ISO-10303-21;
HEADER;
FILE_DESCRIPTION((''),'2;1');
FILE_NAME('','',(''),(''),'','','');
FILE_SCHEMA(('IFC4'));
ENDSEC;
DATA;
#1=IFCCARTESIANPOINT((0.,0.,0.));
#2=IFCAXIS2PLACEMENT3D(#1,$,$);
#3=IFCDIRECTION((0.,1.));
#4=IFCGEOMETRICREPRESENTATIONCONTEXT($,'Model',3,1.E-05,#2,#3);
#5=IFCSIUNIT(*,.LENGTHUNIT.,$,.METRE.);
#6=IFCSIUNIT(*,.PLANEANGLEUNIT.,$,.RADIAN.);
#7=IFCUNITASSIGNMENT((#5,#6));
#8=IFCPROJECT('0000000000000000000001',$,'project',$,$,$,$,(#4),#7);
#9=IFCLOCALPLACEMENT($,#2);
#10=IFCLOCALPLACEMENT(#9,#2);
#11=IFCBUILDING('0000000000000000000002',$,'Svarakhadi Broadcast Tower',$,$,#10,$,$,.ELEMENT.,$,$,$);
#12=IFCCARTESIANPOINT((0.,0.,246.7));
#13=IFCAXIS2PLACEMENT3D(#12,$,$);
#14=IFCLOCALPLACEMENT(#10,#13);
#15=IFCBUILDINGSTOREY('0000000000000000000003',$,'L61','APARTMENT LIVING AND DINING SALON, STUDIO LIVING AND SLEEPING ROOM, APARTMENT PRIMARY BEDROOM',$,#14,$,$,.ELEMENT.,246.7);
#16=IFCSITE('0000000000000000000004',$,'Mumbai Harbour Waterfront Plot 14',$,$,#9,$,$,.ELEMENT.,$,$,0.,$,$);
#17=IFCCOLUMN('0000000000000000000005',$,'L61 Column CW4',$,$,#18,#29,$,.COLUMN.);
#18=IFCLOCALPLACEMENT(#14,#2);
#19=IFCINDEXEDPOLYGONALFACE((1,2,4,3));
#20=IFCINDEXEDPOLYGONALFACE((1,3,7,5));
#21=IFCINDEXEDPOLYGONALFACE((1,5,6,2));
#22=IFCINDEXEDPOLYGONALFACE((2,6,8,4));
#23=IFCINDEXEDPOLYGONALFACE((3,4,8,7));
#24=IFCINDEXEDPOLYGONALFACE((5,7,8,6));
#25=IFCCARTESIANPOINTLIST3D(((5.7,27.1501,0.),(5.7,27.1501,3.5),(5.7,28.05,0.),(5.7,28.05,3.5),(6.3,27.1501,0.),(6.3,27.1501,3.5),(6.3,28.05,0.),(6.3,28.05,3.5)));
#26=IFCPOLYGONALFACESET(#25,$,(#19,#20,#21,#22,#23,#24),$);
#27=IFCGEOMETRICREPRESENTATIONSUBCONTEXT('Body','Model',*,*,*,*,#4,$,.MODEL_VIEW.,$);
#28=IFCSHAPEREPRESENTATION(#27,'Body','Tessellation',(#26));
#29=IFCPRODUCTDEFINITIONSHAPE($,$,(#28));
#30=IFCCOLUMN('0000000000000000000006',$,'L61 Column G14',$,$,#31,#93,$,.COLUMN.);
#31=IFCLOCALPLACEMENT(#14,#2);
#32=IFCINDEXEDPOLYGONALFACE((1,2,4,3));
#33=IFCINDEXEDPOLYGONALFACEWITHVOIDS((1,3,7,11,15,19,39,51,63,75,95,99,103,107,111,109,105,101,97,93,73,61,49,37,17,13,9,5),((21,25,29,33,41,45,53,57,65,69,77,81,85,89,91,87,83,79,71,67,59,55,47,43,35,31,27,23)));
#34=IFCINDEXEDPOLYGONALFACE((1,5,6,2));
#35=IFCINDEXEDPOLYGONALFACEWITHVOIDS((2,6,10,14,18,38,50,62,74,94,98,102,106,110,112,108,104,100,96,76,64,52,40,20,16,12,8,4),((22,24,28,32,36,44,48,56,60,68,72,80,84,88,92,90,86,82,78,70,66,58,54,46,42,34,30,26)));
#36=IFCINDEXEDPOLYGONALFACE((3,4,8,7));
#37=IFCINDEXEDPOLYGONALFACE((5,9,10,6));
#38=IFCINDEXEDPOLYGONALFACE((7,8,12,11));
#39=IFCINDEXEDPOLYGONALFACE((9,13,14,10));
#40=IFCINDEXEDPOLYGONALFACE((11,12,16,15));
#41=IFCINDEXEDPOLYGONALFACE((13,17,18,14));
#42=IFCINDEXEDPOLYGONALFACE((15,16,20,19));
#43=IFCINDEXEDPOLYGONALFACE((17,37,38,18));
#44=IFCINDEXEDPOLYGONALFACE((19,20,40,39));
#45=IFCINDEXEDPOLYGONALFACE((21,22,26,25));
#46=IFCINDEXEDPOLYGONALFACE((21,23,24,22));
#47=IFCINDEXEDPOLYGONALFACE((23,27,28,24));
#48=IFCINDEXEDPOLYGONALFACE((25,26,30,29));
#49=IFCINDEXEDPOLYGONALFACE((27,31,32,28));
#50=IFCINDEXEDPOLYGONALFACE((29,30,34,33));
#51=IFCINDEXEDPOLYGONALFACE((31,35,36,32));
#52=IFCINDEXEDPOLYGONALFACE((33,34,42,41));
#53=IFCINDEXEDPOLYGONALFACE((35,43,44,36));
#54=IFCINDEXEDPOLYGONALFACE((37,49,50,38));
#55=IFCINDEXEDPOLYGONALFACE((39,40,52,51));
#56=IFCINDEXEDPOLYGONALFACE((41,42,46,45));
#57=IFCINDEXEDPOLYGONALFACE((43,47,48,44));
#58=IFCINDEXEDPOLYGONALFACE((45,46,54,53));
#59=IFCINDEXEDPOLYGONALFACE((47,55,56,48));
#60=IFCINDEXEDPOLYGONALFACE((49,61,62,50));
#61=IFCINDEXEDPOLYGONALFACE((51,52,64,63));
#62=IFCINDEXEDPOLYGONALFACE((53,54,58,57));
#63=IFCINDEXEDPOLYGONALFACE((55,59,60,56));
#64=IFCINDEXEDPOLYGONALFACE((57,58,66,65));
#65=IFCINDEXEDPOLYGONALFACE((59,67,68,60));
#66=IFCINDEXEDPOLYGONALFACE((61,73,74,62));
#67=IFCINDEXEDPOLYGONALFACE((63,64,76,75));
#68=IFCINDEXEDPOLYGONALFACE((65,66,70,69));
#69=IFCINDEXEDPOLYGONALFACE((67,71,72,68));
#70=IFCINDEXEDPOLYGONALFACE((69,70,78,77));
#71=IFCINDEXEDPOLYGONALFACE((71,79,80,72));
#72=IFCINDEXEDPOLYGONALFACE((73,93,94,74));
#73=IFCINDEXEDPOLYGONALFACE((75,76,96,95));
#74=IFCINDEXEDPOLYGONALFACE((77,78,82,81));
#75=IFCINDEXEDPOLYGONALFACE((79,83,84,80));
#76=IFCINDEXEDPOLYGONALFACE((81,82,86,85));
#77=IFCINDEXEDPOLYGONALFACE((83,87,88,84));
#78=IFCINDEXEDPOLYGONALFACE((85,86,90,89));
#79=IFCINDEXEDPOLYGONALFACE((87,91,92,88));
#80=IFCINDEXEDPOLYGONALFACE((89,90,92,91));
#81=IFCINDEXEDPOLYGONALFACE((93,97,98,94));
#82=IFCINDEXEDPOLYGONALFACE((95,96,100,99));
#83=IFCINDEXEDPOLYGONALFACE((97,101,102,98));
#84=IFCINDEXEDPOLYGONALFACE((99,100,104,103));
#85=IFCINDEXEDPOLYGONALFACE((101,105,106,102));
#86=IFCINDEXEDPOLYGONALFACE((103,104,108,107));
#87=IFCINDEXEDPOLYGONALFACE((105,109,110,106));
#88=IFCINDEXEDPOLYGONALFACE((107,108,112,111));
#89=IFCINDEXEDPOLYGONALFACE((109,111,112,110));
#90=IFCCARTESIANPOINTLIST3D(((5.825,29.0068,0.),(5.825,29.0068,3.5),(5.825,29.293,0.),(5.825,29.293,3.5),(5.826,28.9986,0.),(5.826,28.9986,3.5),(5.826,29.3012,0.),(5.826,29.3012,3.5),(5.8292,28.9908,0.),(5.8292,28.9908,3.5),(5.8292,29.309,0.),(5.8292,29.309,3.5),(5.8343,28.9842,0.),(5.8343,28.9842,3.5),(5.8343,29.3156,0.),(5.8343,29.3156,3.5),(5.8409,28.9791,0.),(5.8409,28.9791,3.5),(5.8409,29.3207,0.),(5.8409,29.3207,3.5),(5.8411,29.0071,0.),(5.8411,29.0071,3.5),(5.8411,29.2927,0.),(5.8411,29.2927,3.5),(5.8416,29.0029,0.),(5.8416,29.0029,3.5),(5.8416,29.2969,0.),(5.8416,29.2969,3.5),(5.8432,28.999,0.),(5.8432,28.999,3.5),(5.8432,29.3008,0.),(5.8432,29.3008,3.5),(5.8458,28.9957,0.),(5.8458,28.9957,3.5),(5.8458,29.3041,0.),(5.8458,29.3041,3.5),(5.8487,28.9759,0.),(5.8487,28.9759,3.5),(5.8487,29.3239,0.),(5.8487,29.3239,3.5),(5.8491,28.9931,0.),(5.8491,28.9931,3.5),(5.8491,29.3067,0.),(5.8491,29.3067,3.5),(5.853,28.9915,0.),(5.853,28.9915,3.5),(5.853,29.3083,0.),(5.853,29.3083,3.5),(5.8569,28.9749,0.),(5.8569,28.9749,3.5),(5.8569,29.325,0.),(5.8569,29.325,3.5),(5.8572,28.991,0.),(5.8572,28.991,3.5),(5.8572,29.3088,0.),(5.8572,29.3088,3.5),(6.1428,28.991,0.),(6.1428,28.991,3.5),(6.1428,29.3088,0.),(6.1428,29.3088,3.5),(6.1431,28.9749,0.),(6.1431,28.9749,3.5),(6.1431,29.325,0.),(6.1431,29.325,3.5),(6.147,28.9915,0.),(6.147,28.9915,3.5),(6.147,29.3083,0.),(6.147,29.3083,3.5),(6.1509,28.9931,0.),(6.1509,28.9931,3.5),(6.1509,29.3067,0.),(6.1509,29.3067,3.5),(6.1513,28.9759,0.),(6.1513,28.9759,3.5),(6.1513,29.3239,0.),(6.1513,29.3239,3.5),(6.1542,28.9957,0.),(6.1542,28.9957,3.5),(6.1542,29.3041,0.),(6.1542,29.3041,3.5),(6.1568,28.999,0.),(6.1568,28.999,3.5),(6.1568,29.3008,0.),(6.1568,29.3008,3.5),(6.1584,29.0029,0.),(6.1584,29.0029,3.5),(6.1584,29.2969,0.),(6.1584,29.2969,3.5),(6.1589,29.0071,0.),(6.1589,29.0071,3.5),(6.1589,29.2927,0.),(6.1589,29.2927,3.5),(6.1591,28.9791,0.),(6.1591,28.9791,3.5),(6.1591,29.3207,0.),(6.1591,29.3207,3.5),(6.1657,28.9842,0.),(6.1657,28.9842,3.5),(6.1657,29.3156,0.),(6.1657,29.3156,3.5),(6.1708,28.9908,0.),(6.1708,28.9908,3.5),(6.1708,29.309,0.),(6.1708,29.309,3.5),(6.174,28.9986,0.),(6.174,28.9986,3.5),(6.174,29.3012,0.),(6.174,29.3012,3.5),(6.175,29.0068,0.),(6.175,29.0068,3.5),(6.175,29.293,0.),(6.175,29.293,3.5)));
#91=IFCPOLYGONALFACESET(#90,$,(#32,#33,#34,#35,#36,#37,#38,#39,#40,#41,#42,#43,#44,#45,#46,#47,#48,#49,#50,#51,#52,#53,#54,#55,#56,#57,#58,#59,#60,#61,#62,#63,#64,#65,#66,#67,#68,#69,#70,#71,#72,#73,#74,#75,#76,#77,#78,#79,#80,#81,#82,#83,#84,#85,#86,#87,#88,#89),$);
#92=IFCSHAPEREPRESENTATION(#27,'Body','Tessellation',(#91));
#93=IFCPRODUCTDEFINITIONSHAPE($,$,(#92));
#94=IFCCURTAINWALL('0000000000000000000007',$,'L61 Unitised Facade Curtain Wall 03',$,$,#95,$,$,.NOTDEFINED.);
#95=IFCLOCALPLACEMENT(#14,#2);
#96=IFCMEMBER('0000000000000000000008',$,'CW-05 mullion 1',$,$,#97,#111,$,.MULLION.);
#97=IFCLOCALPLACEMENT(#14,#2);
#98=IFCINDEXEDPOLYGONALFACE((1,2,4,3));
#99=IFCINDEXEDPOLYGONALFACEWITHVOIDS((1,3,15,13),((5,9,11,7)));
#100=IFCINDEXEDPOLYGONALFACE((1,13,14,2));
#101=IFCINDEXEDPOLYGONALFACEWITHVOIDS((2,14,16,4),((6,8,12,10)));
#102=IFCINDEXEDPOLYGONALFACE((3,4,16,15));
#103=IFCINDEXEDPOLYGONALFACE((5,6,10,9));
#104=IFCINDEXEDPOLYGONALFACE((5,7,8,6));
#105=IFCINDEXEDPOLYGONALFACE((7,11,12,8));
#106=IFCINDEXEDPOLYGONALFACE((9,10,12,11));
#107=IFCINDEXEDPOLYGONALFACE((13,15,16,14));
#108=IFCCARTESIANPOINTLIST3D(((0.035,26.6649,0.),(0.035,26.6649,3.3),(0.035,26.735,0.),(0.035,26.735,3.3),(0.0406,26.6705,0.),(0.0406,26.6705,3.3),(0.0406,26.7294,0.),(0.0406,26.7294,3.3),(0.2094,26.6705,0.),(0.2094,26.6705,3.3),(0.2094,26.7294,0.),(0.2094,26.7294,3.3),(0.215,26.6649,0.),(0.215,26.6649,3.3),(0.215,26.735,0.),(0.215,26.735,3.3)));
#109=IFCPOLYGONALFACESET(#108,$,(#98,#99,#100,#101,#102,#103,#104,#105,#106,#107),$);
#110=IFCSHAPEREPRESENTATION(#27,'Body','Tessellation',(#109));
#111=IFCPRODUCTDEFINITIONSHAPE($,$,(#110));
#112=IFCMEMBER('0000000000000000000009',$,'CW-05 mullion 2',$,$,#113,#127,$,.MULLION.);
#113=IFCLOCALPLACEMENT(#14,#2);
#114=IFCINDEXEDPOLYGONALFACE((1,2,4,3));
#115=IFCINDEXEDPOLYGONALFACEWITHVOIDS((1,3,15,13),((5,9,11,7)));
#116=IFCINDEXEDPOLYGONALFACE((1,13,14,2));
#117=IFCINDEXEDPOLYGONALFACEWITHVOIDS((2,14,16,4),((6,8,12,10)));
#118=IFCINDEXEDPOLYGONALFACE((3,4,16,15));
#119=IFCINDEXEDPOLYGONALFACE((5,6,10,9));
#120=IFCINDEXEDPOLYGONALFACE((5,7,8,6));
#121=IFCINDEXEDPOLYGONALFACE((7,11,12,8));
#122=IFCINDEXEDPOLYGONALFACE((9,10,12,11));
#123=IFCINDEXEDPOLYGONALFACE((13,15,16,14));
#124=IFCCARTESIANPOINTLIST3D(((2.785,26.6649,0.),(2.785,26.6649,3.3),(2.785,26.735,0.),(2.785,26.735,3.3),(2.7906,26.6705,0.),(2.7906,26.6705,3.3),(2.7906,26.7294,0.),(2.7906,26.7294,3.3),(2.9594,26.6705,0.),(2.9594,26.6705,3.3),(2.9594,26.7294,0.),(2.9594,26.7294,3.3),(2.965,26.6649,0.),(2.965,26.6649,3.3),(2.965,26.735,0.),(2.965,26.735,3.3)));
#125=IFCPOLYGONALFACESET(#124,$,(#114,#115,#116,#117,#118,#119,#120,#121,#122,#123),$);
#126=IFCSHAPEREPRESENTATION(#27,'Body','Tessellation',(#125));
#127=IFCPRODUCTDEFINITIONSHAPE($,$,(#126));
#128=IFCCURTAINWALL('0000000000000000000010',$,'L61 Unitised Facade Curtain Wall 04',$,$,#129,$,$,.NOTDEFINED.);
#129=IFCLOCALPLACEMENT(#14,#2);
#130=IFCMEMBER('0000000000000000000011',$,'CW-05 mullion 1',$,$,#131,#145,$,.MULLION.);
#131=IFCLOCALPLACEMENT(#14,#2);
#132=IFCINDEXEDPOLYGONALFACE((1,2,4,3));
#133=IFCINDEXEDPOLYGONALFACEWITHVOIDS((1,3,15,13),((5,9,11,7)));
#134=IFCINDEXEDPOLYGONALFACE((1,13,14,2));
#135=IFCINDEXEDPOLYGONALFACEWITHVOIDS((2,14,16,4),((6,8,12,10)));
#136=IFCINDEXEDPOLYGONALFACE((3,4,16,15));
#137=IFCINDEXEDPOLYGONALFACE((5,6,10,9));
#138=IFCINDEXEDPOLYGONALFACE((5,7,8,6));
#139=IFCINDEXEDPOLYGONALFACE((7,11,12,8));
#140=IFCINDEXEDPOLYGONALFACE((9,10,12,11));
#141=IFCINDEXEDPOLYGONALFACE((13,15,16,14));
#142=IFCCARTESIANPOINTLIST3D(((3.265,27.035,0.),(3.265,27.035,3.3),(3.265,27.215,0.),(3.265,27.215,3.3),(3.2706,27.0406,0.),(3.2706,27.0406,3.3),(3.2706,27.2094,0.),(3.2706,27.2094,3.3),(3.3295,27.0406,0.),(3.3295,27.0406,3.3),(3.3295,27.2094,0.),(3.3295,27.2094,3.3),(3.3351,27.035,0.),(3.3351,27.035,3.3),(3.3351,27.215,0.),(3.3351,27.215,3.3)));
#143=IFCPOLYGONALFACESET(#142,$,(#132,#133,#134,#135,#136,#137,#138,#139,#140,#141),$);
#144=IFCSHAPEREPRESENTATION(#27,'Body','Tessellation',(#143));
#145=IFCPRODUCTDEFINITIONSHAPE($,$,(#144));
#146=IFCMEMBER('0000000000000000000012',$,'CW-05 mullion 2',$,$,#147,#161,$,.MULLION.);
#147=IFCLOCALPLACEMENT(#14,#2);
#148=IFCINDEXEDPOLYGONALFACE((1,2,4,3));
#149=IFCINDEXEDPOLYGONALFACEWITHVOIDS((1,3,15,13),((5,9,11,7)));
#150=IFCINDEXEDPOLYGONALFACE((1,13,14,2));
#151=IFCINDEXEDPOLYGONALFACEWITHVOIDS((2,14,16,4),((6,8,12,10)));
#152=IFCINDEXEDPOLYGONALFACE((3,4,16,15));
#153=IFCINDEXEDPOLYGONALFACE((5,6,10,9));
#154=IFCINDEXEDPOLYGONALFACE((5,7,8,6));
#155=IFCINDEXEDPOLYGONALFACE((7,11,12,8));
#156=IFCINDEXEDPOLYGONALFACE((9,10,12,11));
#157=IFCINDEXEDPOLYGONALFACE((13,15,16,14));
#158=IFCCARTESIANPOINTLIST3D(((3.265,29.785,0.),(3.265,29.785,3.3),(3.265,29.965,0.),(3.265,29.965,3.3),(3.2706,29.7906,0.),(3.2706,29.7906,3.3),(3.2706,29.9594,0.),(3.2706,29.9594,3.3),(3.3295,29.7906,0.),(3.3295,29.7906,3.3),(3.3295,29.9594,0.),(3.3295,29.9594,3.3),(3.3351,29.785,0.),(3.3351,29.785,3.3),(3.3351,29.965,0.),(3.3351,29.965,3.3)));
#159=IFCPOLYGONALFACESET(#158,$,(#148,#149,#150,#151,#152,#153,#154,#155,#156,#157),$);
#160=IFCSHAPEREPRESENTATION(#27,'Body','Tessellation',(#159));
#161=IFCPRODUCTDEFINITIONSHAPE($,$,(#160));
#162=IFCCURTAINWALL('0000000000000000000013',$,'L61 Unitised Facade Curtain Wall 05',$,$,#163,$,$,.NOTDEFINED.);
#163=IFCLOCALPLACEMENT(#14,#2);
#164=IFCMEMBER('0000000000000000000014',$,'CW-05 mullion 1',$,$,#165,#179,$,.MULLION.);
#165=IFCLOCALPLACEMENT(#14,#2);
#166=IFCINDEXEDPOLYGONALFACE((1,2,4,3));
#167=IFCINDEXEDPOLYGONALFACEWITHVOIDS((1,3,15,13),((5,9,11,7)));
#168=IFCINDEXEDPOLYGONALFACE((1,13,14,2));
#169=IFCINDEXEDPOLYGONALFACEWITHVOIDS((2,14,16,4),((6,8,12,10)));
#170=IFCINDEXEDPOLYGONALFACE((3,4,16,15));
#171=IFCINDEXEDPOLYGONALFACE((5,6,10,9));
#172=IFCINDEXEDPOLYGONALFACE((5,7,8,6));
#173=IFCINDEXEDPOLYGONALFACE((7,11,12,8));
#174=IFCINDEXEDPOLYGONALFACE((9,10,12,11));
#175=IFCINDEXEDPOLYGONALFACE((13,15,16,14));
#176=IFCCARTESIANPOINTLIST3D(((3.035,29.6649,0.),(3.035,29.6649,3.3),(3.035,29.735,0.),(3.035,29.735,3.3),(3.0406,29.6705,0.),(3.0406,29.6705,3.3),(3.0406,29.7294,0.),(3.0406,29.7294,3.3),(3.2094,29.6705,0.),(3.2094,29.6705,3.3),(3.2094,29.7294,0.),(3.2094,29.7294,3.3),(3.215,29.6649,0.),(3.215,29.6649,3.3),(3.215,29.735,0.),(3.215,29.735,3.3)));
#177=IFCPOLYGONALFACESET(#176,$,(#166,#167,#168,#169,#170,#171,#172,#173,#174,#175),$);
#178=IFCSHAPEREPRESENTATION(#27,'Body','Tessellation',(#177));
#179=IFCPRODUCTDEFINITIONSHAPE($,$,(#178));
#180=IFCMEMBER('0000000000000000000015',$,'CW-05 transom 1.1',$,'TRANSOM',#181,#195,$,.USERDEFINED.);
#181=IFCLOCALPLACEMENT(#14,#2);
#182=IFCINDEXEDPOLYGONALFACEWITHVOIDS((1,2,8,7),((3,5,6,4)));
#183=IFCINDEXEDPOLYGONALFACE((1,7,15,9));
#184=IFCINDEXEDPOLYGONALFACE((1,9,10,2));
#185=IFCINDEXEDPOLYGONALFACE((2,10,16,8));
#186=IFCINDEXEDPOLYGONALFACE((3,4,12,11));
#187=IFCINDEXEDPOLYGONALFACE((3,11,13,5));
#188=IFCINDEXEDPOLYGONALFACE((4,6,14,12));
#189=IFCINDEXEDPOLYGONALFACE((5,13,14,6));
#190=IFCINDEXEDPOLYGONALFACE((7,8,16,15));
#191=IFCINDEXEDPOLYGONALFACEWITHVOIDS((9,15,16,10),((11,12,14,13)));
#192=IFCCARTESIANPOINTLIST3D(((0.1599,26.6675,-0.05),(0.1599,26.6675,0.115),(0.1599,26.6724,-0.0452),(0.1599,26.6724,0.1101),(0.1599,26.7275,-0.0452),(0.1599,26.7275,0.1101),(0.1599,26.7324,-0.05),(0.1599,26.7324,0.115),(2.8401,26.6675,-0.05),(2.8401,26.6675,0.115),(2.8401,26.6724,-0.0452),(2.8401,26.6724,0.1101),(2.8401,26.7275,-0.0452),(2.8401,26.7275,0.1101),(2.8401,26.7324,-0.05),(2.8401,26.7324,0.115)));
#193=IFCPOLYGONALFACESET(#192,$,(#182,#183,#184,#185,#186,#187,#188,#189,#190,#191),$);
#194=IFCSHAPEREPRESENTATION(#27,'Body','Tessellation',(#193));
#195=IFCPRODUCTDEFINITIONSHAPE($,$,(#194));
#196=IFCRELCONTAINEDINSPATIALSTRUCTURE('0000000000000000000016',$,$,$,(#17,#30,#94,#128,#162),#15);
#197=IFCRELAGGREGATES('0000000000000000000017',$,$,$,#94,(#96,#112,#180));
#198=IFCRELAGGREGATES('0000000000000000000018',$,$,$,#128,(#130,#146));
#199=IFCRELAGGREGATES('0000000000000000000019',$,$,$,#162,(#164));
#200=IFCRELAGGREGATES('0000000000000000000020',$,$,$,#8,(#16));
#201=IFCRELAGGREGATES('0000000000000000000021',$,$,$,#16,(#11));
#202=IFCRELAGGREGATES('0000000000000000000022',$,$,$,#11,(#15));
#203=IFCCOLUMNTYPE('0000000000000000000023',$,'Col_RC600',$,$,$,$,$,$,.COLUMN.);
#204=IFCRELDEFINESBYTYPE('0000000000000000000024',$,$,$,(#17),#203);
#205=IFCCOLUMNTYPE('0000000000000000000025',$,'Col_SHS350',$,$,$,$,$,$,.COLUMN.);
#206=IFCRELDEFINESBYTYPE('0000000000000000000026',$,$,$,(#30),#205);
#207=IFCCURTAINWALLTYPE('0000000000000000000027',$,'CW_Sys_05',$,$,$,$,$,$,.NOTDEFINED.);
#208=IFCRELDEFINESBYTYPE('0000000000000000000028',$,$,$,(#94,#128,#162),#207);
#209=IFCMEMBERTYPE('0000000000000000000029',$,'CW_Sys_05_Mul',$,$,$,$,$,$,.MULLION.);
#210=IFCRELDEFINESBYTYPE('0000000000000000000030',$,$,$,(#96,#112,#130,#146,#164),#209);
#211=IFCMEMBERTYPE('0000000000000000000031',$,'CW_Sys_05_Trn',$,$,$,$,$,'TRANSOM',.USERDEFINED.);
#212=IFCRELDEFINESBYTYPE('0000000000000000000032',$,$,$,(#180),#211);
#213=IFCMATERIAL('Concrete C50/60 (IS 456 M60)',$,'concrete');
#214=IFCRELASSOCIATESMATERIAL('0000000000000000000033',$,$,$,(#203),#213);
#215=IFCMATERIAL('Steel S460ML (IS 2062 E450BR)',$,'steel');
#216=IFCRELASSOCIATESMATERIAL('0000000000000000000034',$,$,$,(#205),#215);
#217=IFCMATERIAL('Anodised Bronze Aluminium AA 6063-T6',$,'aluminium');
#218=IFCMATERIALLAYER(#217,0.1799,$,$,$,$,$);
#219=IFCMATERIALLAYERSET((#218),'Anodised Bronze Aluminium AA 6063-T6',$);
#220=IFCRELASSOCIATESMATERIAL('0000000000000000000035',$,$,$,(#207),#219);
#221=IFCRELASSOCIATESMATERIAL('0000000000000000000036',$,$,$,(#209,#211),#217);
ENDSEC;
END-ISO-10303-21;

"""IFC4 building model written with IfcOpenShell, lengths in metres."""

from ifc_helpers import new_model, si_unit, direction, frame, origin, origin_2d, place, context, subcontext, project, spatial, rectangle, hollow_rectangle, extrude, material, layer, layer_set, material_profile, profile_set, type_object, element, aggregate, save


model = new_model("IFC4")

# Units and contexts
model_context = context("Model", 3, precision=1e-05, world=origin(), true_north=direction((0.0, 1.0)))
body_context = subcontext(model_context, "Body", "Model", "MODEL_VIEW")
ifc_project = project(units=[si_unit("LENGTHUNIT", "METRE"), si_unit("PLANEANGLEUNIT", "RADIAN")], contexts=[model_context])

# Site, building, storey
site_placement = place(None, origin())
site = spatial("IfcSite", under=ifc_project, at=site_placement, Name="Mumbai Harbour Waterfront Plot 14", CompositionType="ELEMENT", RefElevation=0.0)
building_placement = place(site_placement, origin())
building = spatial("IfcBuilding", under=site, at=building_placement, Name="Svarakhadi Broadcast Tower", CompositionType="ELEMENT")
storey_placement = place(building_placement, frame((0.0, 0.0, 246.7)))
storey = spatial("IfcBuildingStorey", under=building, at=storey_placement, Name="L61", Description="APARTMENT LIVING AND DINING SALON, STUDIO LIVING AND SLEEPING ROOM, APARTMENT PRIMARY BEDROOM", CompositionType="ELEMENT", Elevation=246.7)

# Columns
ifc_material_1 = material(Name="Concrete C50/60 (IS 456 M60)", Category="concrete")
ifc_material_profile_1 = material_profile(ifc_material_1, rectangle(XDim=0.6001, YDim=0.8999, at=origin_2d()), Name="RC 600x900")
ifc_profile_set_1 = profile_set([ifc_material_profile_1], Name="Concrete C50/60 (IS 456 M60)")
column_type_1 = type_object("IfcColumnType", Name="Col_RC600", PredefinedType="COLUMN", material=ifc_profile_set_1)
column_1_placement = place(storey_placement, frame((6.0, 27.6001, 0.0), z_axis=(0.0, 0.0, 1.0), x_axis=(1.0, 0.0, 0.0)))
element("IfcColumn", 1, at=column_1_placement, inside=storey, type_object=column_type_1, Name="L61 Column CW4", PredefinedType="COLUMN", context=body_context, shape_type="SweptSolid", body=[
    extrude(rectangle(XDim=0.6001, YDim=0.8999, at=origin_2d()), origin(), (0.0, 0.0, 1.0), 3.5),
])
ifc_material_2 = material(Name="Steel S460ML (IS 2062 E450BR)", Category="steel")
ifc_material_profile_2 = material_profile(ifc_material_2, hollow_rectangle(XDim=0.3501, YDim=0.3501, WallThickness=0.0161, InnerFilletRadius=0.0161, OuterFilletRadius=0.032, at=origin_2d()), Name="SHS 350x350x16")
ifc_profile_set_2 = profile_set([ifc_material_profile_2], Name="Steel S460ML (IS 2062 E450BR)")
column_type_2 = type_object("IfcColumnType", Name="Col_SHS350", PredefinedType="COLUMN", material=ifc_profile_set_2)
column_2_placement = place(storey_placement, frame((6.0, 29.1499, 0.0), z_axis=(0.0, 0.0, 1.0), x_axis=(1.0, 0.0, 0.0)))
element("IfcColumn", 2, at=column_2_placement, inside=storey, type_object=column_type_2, Name="L61 Column G14", PredefinedType="COLUMN", context=body_context, shape_type="SweptSolid", body=[
    extrude(hollow_rectangle(XDim=0.3501, YDim=0.3501, WallThickness=0.0161, InnerFilletRadius=0.0161, OuterFilletRadius=0.032, at=origin_2d()), origin(), (0.0, 0.0, 1.0), 3.5),
])

# Curtain walls, members
ifc_material_3 = material(Name="Anodised Bronze Aluminium AA 6063-T6", Category="aluminium")
ifc_layer_1 = layer(ifc_material_3, 0.1799)
ifc_layer_set_1 = layer_set([ifc_layer_1], Name="Anodised Bronze Aluminium AA 6063-T6")
curtain_wall_type = type_object("IfcCurtainWallType", Name="CW_Sys_05", PredefinedType="NOTDEFINED", material=ifc_layer_set_1)
curtain_wall_1_placement = place(storey_placement, origin())
curtain_wall_1 = element("IfcCurtainWall", 3, at=curtain_wall_1_placement, inside=storey, type_object=curtain_wall_type, Name="L61 Unitised Facade Curtain Wall 03", PredefinedType="NOTDEFINED")
ifc_material_profile_3 = material_profile(ifc_material_3, hollow_rectangle(XDim=0.0701, YDim=0.1799, WallThickness=0.0056, at=origin_2d()), Name="ALU MULLION 180x70x6")
ifc_profile_set_3 = profile_set([ifc_material_profile_3], Name="Anodised Bronze Aluminium AA 6063-T6")
member_type_1 = type_object("IfcMemberType", Name="CW_Sys_05_Mul", PredefinedType="MULLION", material=ifc_profile_set_3)
member_1_placement = place(storey_placement, frame((0.125, 26.7, 0.0), z_axis=(0.0, 0.0, 1.0), x_axis=(0.0, 1.0, 0.0)))
member_1 = element("IfcMember", 4, at=member_1_placement, type_object=member_type_1, Name="CW-05 mullion 1", PredefinedType="MULLION", context=body_context, shape_type="SweptSolid", body=[
    extrude(hollow_rectangle(XDim=0.0701, YDim=0.1799, WallThickness=0.0056, at=origin_2d()), origin(), (0.0, 0.0, 1.0), 3.3),
])
member_2_placement = place(storey_placement, frame((2.875, 26.7, 0.0), z_axis=(0.0, 0.0, 1.0), x_axis=(0.0, 1.0, 0.0)))
member_2 = element("IfcMember", 5, at=member_2_placement, type_object=member_type_1, Name="CW-05 mullion 2", PredefinedType="MULLION", context=body_context, shape_type="SweptSolid", body=[
    extrude(hollow_rectangle(XDim=0.0701, YDim=0.1799, WallThickness=0.0056, at=origin_2d()), origin(), (0.0, 0.0, 1.0), 3.3),
])
curtain_wall_2_placement = place(storey_placement, origin())
curtain_wall_2 = element("IfcCurtainWall", 6, at=curtain_wall_2_placement, inside=storey, type_object=curtain_wall_type, Name="L61 Unitised Facade Curtain Wall 04", PredefinedType="NOTDEFINED")
member_3_placement = place(storey_placement, frame((3.3, 27.125, 0.0), z_axis=(0.0, 0.0, 1.0), x_axis=(-1.0, 0.0, 0.0)))
member_3 = element("IfcMember", 7, at=member_3_placement, type_object=member_type_1, Name="CW-05 mullion 1", PredefinedType="MULLION", context=body_context, shape_type="SweptSolid", body=[
    extrude(hollow_rectangle(XDim=0.0701, YDim=0.1799, WallThickness=0.0056, at=origin_2d()), origin(), (0.0, 0.0, 1.0), 3.3),
])
member_4_placement = place(storey_placement, frame((3.3, 29.875, 0.0), z_axis=(0.0, 0.0, 1.0), x_axis=(-1.0, 0.0, 0.0)))
member_4 = element("IfcMember", 8, at=member_4_placement, type_object=member_type_1, Name="CW-05 mullion 2", PredefinedType="MULLION", context=body_context, shape_type="SweptSolid", body=[
    extrude(hollow_rectangle(XDim=0.0701, YDim=0.1799, WallThickness=0.0056, at=origin_2d()), origin(), (0.0, 0.0, 1.0), 3.3),
])

# Curtain wall, member
curtain_wall_3_placement = place(storey_placement, origin())
curtain_wall_3 = element("IfcCurtainWall", 9, at=curtain_wall_3_placement, inside=storey, type_object=curtain_wall_type, Name="L61 Unitised Facade Curtain Wall 05", PredefinedType="NOTDEFINED")
member_5_placement = place(storey_placement, frame((3.125, 29.7, 0.0), z_axis=(0.0, 0.0, 1.0), x_axis=(0.0, 1.0, 0.0)))
member_5 = element("IfcMember", 10, at=member_5_placement, type_object=member_type_1, Name="CW-05 mullion 1", PredefinedType="MULLION", context=body_context, shape_type="SweptSolid", body=[
    extrude(hollow_rectangle(XDim=0.0701, YDim=0.1799, WallThickness=0.0056, at=origin_2d()), origin(), (0.0, 0.0, 1.0), 3.3),
])

# Member
ifc_material_profile_4 = material_profile(ifc_material_3, hollow_rectangle(XDim=0.0649, YDim=0.165, WallThickness=0.0049, at=origin_2d()), Name="ALU TRANSOM 165x65x5")
ifc_profile_set_4 = profile_set([ifc_material_profile_4], Name="Anodised Bronze Aluminium AA 6063-T6")
member_type_2 = type_object("IfcMemberType", Name="CW_Sys_05_Trn", ElementType="TRANSOM", PredefinedType="USERDEFINED", material=ifc_profile_set_4)
member_6_placement = place(storey_placement, frame((0.1599, 26.7, 0.0325), z_axis=(1.0, 0.0, 0.0), x_axis=(0.0, 1.0, 0.0)))
member_6 = element("IfcMember", 11, at=member_6_placement, type_object=member_type_2, Name="CW-05 transom 1.1", ObjectType="TRANSOM", PredefinedType="USERDEFINED", context=body_context, shape_type="SweptSolid", body=[
    extrude(hollow_rectangle(XDim=0.0649, YDim=0.165, WallThickness=0.0049, at=origin_2d()), origin(), (0.0, 0.0, 1.0), 2.6802),
])

aggregate(curtain_wall_1, [member_1, member_2, member_6])
aggregate(curtain_wall_2, [member_3, member_4])
aggregate(curtain_wall_3, [member_5])

save(model, "model.ifc")
